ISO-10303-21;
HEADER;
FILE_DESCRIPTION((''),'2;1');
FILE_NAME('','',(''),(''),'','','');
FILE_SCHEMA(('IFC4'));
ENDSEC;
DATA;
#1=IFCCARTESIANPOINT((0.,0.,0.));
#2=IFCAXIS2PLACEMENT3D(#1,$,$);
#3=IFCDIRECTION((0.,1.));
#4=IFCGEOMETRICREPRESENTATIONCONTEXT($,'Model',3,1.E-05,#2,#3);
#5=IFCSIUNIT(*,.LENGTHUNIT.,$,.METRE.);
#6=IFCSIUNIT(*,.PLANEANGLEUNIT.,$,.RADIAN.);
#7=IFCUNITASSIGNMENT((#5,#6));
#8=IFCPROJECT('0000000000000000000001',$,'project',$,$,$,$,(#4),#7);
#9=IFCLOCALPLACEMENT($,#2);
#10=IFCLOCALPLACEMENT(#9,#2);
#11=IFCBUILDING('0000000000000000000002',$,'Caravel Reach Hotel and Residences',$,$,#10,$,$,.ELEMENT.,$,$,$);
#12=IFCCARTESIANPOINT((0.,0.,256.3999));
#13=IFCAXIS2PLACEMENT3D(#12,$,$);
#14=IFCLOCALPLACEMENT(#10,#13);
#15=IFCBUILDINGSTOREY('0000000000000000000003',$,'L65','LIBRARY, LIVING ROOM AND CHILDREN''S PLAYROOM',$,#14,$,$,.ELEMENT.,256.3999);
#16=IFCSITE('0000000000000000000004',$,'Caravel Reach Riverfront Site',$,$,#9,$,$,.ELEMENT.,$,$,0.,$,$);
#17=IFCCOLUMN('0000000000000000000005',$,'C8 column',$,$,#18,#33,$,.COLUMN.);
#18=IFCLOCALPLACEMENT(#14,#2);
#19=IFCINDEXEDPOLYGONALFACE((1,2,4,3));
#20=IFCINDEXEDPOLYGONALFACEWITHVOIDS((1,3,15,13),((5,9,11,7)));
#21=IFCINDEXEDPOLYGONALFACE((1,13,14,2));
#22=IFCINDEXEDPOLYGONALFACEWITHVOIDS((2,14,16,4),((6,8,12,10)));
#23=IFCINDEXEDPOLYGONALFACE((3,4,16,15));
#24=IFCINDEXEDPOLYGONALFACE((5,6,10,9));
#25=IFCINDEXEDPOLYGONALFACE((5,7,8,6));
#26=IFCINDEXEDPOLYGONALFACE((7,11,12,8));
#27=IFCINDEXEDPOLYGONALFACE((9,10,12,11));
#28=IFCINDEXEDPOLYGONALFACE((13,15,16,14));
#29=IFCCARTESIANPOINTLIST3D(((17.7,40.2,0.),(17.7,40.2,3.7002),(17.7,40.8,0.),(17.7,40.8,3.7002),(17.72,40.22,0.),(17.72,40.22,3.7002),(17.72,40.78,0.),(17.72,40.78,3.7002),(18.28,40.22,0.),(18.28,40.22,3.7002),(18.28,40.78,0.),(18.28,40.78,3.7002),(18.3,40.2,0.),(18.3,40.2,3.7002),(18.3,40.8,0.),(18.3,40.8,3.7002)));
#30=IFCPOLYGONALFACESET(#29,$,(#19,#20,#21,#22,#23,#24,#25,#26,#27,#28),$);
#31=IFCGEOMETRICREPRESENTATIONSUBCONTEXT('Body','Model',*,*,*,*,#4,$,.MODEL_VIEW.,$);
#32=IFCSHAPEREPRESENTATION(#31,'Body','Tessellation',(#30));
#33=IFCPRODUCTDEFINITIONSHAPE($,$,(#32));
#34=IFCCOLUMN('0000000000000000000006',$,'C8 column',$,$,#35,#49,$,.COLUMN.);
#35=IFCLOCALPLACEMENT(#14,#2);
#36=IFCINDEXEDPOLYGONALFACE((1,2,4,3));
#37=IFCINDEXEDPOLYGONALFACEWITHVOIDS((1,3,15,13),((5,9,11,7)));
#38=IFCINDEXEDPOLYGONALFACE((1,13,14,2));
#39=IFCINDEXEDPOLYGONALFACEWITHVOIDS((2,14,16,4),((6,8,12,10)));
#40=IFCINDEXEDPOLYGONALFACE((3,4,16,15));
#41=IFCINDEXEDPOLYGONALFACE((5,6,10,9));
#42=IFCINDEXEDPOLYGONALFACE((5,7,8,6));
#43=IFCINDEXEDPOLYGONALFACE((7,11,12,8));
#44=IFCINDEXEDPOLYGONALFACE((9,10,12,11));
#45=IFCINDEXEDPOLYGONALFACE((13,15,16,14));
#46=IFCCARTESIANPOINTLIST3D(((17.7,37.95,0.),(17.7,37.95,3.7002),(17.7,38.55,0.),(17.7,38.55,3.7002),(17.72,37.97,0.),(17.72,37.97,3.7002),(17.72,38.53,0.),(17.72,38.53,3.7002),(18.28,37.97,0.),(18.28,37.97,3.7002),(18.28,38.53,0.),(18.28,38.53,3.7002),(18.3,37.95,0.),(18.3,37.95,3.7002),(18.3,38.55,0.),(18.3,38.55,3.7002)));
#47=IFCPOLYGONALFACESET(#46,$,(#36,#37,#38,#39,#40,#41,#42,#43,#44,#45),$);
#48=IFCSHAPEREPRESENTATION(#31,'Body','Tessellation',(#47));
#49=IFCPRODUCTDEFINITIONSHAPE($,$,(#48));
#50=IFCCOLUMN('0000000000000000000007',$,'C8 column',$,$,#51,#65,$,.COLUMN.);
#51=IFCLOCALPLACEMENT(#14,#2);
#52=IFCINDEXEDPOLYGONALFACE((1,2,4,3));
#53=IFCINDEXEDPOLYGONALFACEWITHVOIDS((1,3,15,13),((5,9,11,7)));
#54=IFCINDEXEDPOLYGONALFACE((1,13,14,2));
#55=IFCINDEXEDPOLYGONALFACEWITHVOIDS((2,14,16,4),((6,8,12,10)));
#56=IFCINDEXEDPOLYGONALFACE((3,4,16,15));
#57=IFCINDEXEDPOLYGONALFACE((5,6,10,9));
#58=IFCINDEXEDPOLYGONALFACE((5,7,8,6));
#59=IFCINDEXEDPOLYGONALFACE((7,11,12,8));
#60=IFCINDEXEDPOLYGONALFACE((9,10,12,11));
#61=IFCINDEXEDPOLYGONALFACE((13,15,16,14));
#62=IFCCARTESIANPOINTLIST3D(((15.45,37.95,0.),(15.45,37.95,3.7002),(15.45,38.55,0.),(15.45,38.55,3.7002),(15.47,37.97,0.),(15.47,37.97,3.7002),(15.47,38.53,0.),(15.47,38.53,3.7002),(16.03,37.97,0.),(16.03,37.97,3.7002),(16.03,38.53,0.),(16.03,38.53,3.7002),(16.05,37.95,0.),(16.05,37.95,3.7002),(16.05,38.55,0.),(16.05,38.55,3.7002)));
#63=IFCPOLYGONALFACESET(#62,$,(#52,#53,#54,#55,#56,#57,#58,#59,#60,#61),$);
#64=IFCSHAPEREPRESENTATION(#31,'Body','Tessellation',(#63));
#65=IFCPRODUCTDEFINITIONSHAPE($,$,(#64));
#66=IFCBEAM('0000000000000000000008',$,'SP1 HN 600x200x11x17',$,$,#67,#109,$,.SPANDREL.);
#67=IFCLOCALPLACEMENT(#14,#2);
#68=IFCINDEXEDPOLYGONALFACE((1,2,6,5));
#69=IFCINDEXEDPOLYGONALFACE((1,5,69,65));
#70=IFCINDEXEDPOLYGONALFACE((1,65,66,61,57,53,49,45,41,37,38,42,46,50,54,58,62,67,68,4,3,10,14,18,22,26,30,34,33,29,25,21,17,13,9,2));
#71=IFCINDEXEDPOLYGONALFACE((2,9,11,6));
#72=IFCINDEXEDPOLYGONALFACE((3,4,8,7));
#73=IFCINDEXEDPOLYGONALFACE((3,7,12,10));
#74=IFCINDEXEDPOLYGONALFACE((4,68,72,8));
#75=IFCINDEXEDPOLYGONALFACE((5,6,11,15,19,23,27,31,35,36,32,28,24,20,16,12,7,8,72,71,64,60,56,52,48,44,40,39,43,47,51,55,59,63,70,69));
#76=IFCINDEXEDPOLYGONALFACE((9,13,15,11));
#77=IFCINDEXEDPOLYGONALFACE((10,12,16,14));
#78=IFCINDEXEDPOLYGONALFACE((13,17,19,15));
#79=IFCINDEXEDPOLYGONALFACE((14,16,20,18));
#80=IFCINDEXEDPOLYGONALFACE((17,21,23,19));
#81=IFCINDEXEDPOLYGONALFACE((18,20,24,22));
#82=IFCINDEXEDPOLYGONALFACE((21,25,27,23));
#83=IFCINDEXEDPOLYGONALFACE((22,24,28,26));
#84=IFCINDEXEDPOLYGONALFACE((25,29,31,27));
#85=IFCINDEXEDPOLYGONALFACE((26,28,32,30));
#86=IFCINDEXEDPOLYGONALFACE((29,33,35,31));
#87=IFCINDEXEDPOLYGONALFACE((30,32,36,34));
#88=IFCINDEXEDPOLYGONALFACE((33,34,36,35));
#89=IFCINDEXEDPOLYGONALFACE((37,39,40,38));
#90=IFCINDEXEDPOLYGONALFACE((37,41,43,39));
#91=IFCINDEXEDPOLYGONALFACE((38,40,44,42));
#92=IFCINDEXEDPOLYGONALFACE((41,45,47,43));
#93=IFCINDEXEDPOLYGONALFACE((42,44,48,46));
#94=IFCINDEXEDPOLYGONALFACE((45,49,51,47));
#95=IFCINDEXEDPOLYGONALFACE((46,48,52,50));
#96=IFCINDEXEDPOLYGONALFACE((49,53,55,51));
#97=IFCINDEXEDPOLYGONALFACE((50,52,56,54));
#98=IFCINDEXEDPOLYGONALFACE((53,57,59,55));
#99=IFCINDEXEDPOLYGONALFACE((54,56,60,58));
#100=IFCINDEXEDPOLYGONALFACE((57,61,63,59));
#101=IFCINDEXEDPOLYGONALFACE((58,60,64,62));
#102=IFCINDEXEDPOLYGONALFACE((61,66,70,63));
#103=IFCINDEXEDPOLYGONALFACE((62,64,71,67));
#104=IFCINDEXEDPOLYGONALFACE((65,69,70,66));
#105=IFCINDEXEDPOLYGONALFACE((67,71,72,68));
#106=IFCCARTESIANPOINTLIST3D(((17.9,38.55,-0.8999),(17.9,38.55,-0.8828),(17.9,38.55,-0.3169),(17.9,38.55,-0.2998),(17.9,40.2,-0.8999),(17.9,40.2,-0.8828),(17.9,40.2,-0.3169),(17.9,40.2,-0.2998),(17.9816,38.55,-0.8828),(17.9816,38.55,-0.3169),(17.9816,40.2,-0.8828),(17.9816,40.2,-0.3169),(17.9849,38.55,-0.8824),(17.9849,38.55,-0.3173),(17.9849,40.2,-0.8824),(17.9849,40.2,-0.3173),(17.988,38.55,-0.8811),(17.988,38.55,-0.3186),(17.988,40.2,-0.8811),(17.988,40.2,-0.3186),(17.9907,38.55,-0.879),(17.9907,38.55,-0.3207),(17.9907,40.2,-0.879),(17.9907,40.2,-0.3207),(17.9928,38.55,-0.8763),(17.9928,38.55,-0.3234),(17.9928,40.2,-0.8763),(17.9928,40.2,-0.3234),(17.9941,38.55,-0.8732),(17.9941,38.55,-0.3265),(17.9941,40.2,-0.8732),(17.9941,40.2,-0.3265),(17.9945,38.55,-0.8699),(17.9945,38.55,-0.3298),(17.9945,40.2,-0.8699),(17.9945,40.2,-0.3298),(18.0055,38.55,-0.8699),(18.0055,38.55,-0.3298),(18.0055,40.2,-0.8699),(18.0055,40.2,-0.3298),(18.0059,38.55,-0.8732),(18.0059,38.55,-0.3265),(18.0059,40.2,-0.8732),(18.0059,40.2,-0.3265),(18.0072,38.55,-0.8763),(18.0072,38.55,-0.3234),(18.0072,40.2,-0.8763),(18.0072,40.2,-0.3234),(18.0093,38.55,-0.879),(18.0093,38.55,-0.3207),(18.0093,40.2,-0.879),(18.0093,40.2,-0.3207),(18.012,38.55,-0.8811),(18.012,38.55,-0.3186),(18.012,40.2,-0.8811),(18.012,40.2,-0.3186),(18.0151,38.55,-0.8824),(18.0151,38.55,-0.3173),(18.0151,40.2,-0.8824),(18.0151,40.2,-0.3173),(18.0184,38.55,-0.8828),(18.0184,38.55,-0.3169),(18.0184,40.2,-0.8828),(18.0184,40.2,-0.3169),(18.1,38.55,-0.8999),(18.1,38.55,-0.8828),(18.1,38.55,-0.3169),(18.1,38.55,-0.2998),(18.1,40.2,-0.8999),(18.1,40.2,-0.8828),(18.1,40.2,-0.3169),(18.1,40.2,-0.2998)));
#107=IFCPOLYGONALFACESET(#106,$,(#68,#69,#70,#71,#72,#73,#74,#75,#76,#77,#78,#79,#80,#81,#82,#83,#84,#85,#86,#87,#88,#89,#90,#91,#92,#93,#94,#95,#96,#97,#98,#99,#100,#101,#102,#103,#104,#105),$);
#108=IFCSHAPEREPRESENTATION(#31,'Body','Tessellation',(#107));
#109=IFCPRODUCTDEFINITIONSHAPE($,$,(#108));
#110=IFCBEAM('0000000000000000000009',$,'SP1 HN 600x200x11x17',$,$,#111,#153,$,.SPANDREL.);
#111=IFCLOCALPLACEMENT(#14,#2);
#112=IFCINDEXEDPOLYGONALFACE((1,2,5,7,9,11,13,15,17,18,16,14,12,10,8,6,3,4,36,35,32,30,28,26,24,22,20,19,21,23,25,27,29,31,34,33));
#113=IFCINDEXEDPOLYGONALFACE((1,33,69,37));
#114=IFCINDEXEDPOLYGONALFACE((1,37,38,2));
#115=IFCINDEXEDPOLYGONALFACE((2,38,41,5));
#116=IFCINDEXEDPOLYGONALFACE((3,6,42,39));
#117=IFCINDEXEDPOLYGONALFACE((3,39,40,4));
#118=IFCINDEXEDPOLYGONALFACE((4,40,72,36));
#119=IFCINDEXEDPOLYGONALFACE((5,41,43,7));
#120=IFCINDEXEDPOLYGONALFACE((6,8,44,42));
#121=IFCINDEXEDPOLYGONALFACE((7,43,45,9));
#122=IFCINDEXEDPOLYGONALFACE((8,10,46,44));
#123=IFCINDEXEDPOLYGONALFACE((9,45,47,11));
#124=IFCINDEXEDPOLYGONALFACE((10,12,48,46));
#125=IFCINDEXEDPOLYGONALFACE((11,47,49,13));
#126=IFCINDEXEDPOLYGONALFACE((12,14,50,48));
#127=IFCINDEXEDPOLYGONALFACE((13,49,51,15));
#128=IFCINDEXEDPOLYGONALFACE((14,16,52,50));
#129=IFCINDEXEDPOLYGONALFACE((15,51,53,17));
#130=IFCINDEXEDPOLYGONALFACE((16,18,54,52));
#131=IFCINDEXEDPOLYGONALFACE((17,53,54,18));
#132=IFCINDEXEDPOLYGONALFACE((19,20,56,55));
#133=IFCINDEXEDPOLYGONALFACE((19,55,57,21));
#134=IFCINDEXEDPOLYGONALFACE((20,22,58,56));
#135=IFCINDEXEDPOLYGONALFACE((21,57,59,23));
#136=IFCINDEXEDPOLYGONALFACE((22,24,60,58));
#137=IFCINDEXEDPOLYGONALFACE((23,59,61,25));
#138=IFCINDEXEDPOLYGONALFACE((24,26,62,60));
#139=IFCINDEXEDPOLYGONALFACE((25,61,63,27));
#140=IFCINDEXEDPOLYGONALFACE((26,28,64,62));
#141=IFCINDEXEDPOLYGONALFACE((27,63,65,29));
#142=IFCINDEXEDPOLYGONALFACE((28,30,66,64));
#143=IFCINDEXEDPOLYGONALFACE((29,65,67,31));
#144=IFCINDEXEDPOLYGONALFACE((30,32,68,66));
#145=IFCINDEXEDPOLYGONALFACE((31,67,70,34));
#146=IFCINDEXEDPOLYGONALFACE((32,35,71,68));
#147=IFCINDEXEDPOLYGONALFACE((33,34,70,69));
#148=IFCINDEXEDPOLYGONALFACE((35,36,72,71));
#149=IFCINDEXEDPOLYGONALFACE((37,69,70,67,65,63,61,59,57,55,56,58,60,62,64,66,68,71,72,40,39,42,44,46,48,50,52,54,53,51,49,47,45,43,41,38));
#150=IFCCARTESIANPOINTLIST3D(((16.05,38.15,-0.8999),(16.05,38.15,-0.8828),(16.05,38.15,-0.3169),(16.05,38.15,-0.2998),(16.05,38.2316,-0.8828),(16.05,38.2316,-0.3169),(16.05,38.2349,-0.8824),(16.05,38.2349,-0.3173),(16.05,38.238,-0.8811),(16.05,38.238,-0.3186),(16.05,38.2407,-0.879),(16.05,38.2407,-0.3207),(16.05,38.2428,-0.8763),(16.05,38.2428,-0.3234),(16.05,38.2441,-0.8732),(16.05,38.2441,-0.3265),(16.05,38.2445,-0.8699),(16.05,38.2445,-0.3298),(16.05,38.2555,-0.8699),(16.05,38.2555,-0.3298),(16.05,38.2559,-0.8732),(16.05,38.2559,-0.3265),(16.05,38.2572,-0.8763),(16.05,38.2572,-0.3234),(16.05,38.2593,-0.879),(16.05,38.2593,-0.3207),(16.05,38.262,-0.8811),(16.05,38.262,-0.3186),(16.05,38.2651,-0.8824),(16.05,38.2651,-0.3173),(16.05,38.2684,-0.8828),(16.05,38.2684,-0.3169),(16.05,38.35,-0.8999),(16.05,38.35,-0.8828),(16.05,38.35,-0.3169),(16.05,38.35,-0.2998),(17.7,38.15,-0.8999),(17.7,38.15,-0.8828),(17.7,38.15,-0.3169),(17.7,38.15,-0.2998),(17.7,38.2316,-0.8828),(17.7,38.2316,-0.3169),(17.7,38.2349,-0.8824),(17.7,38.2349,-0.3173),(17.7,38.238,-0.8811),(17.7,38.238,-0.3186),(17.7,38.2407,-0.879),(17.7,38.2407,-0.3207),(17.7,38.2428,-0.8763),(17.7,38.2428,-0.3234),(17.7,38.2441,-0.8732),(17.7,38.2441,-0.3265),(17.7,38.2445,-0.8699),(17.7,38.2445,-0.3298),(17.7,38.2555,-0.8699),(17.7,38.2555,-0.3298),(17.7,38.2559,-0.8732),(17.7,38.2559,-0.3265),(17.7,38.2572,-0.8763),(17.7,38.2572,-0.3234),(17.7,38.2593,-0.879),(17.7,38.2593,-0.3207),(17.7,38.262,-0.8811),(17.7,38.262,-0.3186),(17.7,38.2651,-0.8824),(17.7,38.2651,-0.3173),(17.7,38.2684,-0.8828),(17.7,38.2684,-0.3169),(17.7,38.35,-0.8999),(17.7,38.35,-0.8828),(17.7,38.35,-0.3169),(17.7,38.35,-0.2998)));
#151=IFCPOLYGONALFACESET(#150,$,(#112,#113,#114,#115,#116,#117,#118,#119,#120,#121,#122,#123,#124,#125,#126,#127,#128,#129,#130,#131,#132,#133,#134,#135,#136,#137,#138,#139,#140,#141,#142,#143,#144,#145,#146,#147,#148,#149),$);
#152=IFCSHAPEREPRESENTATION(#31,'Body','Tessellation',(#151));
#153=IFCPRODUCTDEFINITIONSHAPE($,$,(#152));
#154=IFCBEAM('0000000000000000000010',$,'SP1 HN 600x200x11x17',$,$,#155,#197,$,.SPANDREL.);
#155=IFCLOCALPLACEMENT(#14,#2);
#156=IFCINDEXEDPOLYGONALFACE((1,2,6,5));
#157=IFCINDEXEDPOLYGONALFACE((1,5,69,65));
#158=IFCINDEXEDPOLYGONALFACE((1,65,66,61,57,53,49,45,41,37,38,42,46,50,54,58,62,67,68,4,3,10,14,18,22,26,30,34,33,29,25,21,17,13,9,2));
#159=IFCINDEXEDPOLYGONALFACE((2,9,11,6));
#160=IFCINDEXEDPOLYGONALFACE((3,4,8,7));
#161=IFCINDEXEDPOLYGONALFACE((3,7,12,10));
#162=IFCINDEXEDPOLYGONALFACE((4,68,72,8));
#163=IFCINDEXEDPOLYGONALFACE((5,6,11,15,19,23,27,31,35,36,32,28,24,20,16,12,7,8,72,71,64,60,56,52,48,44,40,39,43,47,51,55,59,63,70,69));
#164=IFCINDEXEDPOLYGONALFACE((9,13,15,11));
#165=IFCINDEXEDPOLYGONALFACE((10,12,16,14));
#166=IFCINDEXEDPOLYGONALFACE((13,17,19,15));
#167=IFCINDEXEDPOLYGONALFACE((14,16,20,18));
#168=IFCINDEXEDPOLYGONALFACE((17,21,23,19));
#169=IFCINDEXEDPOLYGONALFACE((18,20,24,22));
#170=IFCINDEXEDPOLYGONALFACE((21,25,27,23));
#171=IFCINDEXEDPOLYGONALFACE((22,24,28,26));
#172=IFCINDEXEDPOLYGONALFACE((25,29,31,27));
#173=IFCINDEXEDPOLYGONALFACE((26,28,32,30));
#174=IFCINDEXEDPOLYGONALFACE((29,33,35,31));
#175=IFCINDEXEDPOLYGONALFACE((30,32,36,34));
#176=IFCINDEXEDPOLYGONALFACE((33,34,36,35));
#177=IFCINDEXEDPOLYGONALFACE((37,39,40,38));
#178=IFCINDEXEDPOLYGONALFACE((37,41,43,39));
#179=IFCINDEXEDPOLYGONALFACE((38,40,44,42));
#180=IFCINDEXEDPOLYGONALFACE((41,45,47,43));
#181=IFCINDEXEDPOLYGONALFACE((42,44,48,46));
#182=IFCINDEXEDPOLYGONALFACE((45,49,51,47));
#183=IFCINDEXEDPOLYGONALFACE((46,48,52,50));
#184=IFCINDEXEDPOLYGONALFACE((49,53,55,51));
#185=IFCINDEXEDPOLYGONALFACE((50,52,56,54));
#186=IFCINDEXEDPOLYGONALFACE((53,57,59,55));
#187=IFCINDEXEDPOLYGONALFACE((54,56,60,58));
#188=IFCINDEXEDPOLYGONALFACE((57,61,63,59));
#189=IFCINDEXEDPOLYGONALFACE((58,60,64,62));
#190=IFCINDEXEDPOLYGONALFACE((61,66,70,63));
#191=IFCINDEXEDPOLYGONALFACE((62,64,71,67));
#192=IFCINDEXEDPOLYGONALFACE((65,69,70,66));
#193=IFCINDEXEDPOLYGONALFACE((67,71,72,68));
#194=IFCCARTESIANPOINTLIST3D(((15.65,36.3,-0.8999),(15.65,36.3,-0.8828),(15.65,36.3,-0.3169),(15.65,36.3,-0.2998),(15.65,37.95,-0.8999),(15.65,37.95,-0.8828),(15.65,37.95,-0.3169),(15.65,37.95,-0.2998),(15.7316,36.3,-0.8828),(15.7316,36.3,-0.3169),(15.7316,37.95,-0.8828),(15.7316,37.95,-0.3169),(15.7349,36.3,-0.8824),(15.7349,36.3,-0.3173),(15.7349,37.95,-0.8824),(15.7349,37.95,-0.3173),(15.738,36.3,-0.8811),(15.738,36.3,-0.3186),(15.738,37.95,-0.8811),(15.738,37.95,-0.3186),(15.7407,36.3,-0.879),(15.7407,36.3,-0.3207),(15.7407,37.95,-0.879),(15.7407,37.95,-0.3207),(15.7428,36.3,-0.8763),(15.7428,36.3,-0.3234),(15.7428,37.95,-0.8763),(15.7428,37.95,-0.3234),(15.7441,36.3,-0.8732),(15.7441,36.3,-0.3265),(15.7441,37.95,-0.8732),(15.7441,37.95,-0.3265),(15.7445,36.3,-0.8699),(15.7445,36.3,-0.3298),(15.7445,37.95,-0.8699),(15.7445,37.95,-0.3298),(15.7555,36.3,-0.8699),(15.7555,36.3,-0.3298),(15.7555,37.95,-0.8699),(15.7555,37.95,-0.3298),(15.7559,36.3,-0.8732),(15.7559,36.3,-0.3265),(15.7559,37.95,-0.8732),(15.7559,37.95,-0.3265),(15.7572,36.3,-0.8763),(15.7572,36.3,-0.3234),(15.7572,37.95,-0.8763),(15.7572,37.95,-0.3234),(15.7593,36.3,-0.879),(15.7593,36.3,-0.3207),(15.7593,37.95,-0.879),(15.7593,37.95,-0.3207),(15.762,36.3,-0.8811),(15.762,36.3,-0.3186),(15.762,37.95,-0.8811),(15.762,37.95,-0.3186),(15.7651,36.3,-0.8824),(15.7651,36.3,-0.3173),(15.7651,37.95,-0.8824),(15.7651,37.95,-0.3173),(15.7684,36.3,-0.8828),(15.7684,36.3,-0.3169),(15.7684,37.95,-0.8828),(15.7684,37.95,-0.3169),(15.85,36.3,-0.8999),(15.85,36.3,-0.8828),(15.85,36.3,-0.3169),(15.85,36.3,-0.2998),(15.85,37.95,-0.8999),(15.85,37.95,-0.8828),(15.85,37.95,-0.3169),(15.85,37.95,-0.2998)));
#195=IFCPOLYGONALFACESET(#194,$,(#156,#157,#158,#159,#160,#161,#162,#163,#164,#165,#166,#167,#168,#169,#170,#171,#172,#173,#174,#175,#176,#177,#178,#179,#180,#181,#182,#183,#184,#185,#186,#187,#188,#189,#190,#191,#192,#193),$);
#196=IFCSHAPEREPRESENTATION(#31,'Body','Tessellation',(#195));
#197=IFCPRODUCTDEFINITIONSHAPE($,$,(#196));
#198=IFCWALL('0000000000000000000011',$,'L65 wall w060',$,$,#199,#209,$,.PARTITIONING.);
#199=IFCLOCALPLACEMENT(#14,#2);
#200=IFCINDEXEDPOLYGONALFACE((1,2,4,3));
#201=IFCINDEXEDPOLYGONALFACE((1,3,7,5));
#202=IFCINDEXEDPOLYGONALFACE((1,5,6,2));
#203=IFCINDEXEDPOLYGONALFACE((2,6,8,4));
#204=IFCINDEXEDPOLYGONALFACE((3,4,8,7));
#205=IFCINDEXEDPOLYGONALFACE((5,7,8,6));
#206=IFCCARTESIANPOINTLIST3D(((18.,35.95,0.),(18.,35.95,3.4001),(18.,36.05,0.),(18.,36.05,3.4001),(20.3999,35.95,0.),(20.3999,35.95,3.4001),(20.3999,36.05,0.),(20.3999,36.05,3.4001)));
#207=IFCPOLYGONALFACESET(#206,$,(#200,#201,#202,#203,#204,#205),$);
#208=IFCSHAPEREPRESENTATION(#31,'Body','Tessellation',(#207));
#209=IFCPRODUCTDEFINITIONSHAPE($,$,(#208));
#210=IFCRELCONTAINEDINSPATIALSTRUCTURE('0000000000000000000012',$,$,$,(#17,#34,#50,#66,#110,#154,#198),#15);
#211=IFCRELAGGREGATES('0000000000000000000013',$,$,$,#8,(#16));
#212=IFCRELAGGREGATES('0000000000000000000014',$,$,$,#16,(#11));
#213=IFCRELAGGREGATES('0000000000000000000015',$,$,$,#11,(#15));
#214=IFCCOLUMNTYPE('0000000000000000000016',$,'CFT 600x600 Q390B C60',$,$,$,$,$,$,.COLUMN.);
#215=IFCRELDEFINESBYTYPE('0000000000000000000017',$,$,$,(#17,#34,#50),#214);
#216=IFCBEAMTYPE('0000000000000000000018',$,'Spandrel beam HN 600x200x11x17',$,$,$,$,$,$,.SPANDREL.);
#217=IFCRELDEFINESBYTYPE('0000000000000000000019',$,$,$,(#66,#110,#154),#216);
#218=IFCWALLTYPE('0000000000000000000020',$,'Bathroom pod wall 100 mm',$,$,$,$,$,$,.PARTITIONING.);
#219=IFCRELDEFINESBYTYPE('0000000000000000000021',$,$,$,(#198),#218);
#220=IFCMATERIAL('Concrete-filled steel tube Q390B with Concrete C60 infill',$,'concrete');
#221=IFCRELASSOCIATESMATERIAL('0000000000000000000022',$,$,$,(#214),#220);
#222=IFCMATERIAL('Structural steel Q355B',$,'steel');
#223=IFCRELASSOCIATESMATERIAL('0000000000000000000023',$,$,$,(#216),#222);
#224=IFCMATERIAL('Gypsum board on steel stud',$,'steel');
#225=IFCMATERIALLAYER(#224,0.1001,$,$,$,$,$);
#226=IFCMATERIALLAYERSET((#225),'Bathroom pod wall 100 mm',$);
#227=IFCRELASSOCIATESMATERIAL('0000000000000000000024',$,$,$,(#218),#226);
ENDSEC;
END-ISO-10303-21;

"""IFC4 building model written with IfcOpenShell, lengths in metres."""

from ifc_helpers import new_model, si_unit, direction, frame, frame_2d, origin, origin_2d, place, context, subcontext, project, spatial, rectangle, hollow_rectangle, i_section, extrude, material, layer, layer_set, material_profile, profile_set, type_object, element, save


model = new_model("IFC4")

# Units and contexts
model_context = context("Model", 3, precision=1e-05, world=origin(), true_north=direction((0.0, 1.0)))
body_context = subcontext(model_context, "Body", "Model", "MODEL_VIEW")
ifc_project = project(units=[si_unit("LENGTHUNIT", "METRE"), si_unit("PLANEANGLEUNIT", "RADIAN")], contexts=[model_context])

# Site, building, storey
site_placement = place(None, origin())
site = spatial("IfcSite", under=ifc_project, at=site_placement, Name="Caravel Reach Riverfront Site", CompositionType="ELEMENT", RefElevation=0.0)
building_placement = place(site_placement, origin())
building = spatial("IfcBuilding", under=site, at=building_placement, Name="Caravel Reach Hotel and Residences", CompositionType="ELEMENT")
storey_placement = place(building_placement, frame((0.0, 0.0, 256.3999)))
storey = spatial("IfcBuildingStorey", under=building, at=storey_placement, Name="L65", Description="LIBRARY, LIVING ROOM AND CHILDREN'S PLAYROOM", CompositionType="ELEMENT", Elevation=256.3999)

# Columns
ifc_material_1 = material(Name="Concrete-filled steel tube Q390B with Concrete C60 infill", Category="concrete")
ifc_material_profile_1 = material_profile(ifc_material_1, hollow_rectangle(XDim=0.6001, YDim=0.6001, WallThickness=0.02, at=origin_2d()), Name="RHS 600x600x20")
ifc_profile_set_1 = profile_set([ifc_material_profile_1], Name="Concrete-filled steel tube Q390B with Concrete C60 infill")
column_type = type_object("IfcColumnType", Name="CFT 600x600 Q390B C60", PredefinedType="COLUMN", material=ifc_profile_set_1)
for number, where, z_axis, x_axis, name in (
    (1, (18.0, 40.5, 0.0), (0.0, 0.0, 1.0), (1.0, 0.0, 0.0), "C8 column"),
    (2, (18.0, 38.25, 0.0), (0.0, 0.0, 1.0), (1.0, 0.0, 0.0), "C8 column"),
    (3, (15.75, 38.25, 0.0), (0.0, 0.0, 1.0), (1.0, 0.0, 0.0), "C8 column"),
):
    element("IfcColumn", number, at=place(storey_placement, frame(where, z_axis=z_axis, x_axis=x_axis)), inside=storey, type_object=column_type, Name=name, PredefinedType="COLUMN", context=body_context, shape_type="SweptSolid", body=[
        extrude(hollow_rectangle(XDim=0.6001, YDim=0.6001, WallThickness=0.02, at=origin_2d()), origin(), (0.0, 0.0, 1.0), 3.7002),
    ])

# Beams
ifc_material_2 = material(Name="Structural steel Q355B", Category="steel")
ifc_material_profile_2 = material_profile(ifc_material_2, i_section(OverallWidth=0.2, OverallDepth=0.6001, WebThickness=0.011, FlangeThickness=0.0171, FilletRadius=0.0129, at=origin_2d()), Name="HN 600x200x11x17")
ifc_profile_set_2 = profile_set([ifc_material_profile_2], Name="Structural steel Q355B")
beam_type = type_object("IfcBeamType", Name="Spandrel beam HN 600x200x11x17", PredefinedType="SPANDREL", material=ifc_profile_set_2)
for number, where, z_axis, x_axis, name in (
    (4, (18.0, 40.2, -0.5999), (0.0, -1.0, 0.0), (1.0, 0.0, 0.0), "SP1 HN 600x200x11x17"),
    (5, (17.7, 38.25, -0.5999), (-1.0, 0.0, 0.0), (0.0, -1.0, 0.0), "SP1 HN 600x200x11x17"),
    (6, (15.75, 37.95, -0.5999), (0.0, -1.0, 0.0), (1.0, 0.0, 0.0), "SP1 HN 600x200x11x17"),
):
    element("IfcBeam", number, at=place(storey_placement, frame(where, z_axis=z_axis, x_axis=x_axis)), inside=storey, type_object=beam_type, Name=name, PredefinedType="SPANDREL", context=body_context, shape_type="SweptSolid", body=[
        extrude(i_section(OverallWidth=0.2, OverallDepth=0.6001, WebThickness=0.011, FlangeThickness=0.0171, FilletRadius=0.0129, at=origin_2d()), origin(), (0.0, 0.0, 1.0), 1.6499),
    ])

# Wall
ifc_material_3 = material(Name="Gypsum board on steel stud", Category="steel")
ifc_layer_1 = layer(ifc_material_3, 0.1001)
ifc_layer_set_1 = layer_set([ifc_layer_1], Name="Bathroom pod wall 100 mm")
wall_type_1 = type_object("IfcWallType", Name="Bathroom pod wall 100 mm", PredefinedType="PARTITIONING", material=ifc_layer_set_1)
wall_1_placement = place(storey_placement, frame((18.0, 36.0, 0.0), z_axis=(0.0, 0.0, 1.0), x_axis=(1.0, 0.0, 0.0)))
element("IfcWall", 7, at=wall_1_placement, inside=storey, type_object=wall_type_1, Name="L65 wall w060", PredefinedType="PARTITIONING", context=body_context, shape_type="SweptSolid", body=[
    extrude(rectangle(XDim=2.3999, YDim=0.1001, at=frame_2d((1.2, 0.0))), origin(), (0.0, 0.0, 1.0), 3.4001),
])

save(model, "model.ifc")
